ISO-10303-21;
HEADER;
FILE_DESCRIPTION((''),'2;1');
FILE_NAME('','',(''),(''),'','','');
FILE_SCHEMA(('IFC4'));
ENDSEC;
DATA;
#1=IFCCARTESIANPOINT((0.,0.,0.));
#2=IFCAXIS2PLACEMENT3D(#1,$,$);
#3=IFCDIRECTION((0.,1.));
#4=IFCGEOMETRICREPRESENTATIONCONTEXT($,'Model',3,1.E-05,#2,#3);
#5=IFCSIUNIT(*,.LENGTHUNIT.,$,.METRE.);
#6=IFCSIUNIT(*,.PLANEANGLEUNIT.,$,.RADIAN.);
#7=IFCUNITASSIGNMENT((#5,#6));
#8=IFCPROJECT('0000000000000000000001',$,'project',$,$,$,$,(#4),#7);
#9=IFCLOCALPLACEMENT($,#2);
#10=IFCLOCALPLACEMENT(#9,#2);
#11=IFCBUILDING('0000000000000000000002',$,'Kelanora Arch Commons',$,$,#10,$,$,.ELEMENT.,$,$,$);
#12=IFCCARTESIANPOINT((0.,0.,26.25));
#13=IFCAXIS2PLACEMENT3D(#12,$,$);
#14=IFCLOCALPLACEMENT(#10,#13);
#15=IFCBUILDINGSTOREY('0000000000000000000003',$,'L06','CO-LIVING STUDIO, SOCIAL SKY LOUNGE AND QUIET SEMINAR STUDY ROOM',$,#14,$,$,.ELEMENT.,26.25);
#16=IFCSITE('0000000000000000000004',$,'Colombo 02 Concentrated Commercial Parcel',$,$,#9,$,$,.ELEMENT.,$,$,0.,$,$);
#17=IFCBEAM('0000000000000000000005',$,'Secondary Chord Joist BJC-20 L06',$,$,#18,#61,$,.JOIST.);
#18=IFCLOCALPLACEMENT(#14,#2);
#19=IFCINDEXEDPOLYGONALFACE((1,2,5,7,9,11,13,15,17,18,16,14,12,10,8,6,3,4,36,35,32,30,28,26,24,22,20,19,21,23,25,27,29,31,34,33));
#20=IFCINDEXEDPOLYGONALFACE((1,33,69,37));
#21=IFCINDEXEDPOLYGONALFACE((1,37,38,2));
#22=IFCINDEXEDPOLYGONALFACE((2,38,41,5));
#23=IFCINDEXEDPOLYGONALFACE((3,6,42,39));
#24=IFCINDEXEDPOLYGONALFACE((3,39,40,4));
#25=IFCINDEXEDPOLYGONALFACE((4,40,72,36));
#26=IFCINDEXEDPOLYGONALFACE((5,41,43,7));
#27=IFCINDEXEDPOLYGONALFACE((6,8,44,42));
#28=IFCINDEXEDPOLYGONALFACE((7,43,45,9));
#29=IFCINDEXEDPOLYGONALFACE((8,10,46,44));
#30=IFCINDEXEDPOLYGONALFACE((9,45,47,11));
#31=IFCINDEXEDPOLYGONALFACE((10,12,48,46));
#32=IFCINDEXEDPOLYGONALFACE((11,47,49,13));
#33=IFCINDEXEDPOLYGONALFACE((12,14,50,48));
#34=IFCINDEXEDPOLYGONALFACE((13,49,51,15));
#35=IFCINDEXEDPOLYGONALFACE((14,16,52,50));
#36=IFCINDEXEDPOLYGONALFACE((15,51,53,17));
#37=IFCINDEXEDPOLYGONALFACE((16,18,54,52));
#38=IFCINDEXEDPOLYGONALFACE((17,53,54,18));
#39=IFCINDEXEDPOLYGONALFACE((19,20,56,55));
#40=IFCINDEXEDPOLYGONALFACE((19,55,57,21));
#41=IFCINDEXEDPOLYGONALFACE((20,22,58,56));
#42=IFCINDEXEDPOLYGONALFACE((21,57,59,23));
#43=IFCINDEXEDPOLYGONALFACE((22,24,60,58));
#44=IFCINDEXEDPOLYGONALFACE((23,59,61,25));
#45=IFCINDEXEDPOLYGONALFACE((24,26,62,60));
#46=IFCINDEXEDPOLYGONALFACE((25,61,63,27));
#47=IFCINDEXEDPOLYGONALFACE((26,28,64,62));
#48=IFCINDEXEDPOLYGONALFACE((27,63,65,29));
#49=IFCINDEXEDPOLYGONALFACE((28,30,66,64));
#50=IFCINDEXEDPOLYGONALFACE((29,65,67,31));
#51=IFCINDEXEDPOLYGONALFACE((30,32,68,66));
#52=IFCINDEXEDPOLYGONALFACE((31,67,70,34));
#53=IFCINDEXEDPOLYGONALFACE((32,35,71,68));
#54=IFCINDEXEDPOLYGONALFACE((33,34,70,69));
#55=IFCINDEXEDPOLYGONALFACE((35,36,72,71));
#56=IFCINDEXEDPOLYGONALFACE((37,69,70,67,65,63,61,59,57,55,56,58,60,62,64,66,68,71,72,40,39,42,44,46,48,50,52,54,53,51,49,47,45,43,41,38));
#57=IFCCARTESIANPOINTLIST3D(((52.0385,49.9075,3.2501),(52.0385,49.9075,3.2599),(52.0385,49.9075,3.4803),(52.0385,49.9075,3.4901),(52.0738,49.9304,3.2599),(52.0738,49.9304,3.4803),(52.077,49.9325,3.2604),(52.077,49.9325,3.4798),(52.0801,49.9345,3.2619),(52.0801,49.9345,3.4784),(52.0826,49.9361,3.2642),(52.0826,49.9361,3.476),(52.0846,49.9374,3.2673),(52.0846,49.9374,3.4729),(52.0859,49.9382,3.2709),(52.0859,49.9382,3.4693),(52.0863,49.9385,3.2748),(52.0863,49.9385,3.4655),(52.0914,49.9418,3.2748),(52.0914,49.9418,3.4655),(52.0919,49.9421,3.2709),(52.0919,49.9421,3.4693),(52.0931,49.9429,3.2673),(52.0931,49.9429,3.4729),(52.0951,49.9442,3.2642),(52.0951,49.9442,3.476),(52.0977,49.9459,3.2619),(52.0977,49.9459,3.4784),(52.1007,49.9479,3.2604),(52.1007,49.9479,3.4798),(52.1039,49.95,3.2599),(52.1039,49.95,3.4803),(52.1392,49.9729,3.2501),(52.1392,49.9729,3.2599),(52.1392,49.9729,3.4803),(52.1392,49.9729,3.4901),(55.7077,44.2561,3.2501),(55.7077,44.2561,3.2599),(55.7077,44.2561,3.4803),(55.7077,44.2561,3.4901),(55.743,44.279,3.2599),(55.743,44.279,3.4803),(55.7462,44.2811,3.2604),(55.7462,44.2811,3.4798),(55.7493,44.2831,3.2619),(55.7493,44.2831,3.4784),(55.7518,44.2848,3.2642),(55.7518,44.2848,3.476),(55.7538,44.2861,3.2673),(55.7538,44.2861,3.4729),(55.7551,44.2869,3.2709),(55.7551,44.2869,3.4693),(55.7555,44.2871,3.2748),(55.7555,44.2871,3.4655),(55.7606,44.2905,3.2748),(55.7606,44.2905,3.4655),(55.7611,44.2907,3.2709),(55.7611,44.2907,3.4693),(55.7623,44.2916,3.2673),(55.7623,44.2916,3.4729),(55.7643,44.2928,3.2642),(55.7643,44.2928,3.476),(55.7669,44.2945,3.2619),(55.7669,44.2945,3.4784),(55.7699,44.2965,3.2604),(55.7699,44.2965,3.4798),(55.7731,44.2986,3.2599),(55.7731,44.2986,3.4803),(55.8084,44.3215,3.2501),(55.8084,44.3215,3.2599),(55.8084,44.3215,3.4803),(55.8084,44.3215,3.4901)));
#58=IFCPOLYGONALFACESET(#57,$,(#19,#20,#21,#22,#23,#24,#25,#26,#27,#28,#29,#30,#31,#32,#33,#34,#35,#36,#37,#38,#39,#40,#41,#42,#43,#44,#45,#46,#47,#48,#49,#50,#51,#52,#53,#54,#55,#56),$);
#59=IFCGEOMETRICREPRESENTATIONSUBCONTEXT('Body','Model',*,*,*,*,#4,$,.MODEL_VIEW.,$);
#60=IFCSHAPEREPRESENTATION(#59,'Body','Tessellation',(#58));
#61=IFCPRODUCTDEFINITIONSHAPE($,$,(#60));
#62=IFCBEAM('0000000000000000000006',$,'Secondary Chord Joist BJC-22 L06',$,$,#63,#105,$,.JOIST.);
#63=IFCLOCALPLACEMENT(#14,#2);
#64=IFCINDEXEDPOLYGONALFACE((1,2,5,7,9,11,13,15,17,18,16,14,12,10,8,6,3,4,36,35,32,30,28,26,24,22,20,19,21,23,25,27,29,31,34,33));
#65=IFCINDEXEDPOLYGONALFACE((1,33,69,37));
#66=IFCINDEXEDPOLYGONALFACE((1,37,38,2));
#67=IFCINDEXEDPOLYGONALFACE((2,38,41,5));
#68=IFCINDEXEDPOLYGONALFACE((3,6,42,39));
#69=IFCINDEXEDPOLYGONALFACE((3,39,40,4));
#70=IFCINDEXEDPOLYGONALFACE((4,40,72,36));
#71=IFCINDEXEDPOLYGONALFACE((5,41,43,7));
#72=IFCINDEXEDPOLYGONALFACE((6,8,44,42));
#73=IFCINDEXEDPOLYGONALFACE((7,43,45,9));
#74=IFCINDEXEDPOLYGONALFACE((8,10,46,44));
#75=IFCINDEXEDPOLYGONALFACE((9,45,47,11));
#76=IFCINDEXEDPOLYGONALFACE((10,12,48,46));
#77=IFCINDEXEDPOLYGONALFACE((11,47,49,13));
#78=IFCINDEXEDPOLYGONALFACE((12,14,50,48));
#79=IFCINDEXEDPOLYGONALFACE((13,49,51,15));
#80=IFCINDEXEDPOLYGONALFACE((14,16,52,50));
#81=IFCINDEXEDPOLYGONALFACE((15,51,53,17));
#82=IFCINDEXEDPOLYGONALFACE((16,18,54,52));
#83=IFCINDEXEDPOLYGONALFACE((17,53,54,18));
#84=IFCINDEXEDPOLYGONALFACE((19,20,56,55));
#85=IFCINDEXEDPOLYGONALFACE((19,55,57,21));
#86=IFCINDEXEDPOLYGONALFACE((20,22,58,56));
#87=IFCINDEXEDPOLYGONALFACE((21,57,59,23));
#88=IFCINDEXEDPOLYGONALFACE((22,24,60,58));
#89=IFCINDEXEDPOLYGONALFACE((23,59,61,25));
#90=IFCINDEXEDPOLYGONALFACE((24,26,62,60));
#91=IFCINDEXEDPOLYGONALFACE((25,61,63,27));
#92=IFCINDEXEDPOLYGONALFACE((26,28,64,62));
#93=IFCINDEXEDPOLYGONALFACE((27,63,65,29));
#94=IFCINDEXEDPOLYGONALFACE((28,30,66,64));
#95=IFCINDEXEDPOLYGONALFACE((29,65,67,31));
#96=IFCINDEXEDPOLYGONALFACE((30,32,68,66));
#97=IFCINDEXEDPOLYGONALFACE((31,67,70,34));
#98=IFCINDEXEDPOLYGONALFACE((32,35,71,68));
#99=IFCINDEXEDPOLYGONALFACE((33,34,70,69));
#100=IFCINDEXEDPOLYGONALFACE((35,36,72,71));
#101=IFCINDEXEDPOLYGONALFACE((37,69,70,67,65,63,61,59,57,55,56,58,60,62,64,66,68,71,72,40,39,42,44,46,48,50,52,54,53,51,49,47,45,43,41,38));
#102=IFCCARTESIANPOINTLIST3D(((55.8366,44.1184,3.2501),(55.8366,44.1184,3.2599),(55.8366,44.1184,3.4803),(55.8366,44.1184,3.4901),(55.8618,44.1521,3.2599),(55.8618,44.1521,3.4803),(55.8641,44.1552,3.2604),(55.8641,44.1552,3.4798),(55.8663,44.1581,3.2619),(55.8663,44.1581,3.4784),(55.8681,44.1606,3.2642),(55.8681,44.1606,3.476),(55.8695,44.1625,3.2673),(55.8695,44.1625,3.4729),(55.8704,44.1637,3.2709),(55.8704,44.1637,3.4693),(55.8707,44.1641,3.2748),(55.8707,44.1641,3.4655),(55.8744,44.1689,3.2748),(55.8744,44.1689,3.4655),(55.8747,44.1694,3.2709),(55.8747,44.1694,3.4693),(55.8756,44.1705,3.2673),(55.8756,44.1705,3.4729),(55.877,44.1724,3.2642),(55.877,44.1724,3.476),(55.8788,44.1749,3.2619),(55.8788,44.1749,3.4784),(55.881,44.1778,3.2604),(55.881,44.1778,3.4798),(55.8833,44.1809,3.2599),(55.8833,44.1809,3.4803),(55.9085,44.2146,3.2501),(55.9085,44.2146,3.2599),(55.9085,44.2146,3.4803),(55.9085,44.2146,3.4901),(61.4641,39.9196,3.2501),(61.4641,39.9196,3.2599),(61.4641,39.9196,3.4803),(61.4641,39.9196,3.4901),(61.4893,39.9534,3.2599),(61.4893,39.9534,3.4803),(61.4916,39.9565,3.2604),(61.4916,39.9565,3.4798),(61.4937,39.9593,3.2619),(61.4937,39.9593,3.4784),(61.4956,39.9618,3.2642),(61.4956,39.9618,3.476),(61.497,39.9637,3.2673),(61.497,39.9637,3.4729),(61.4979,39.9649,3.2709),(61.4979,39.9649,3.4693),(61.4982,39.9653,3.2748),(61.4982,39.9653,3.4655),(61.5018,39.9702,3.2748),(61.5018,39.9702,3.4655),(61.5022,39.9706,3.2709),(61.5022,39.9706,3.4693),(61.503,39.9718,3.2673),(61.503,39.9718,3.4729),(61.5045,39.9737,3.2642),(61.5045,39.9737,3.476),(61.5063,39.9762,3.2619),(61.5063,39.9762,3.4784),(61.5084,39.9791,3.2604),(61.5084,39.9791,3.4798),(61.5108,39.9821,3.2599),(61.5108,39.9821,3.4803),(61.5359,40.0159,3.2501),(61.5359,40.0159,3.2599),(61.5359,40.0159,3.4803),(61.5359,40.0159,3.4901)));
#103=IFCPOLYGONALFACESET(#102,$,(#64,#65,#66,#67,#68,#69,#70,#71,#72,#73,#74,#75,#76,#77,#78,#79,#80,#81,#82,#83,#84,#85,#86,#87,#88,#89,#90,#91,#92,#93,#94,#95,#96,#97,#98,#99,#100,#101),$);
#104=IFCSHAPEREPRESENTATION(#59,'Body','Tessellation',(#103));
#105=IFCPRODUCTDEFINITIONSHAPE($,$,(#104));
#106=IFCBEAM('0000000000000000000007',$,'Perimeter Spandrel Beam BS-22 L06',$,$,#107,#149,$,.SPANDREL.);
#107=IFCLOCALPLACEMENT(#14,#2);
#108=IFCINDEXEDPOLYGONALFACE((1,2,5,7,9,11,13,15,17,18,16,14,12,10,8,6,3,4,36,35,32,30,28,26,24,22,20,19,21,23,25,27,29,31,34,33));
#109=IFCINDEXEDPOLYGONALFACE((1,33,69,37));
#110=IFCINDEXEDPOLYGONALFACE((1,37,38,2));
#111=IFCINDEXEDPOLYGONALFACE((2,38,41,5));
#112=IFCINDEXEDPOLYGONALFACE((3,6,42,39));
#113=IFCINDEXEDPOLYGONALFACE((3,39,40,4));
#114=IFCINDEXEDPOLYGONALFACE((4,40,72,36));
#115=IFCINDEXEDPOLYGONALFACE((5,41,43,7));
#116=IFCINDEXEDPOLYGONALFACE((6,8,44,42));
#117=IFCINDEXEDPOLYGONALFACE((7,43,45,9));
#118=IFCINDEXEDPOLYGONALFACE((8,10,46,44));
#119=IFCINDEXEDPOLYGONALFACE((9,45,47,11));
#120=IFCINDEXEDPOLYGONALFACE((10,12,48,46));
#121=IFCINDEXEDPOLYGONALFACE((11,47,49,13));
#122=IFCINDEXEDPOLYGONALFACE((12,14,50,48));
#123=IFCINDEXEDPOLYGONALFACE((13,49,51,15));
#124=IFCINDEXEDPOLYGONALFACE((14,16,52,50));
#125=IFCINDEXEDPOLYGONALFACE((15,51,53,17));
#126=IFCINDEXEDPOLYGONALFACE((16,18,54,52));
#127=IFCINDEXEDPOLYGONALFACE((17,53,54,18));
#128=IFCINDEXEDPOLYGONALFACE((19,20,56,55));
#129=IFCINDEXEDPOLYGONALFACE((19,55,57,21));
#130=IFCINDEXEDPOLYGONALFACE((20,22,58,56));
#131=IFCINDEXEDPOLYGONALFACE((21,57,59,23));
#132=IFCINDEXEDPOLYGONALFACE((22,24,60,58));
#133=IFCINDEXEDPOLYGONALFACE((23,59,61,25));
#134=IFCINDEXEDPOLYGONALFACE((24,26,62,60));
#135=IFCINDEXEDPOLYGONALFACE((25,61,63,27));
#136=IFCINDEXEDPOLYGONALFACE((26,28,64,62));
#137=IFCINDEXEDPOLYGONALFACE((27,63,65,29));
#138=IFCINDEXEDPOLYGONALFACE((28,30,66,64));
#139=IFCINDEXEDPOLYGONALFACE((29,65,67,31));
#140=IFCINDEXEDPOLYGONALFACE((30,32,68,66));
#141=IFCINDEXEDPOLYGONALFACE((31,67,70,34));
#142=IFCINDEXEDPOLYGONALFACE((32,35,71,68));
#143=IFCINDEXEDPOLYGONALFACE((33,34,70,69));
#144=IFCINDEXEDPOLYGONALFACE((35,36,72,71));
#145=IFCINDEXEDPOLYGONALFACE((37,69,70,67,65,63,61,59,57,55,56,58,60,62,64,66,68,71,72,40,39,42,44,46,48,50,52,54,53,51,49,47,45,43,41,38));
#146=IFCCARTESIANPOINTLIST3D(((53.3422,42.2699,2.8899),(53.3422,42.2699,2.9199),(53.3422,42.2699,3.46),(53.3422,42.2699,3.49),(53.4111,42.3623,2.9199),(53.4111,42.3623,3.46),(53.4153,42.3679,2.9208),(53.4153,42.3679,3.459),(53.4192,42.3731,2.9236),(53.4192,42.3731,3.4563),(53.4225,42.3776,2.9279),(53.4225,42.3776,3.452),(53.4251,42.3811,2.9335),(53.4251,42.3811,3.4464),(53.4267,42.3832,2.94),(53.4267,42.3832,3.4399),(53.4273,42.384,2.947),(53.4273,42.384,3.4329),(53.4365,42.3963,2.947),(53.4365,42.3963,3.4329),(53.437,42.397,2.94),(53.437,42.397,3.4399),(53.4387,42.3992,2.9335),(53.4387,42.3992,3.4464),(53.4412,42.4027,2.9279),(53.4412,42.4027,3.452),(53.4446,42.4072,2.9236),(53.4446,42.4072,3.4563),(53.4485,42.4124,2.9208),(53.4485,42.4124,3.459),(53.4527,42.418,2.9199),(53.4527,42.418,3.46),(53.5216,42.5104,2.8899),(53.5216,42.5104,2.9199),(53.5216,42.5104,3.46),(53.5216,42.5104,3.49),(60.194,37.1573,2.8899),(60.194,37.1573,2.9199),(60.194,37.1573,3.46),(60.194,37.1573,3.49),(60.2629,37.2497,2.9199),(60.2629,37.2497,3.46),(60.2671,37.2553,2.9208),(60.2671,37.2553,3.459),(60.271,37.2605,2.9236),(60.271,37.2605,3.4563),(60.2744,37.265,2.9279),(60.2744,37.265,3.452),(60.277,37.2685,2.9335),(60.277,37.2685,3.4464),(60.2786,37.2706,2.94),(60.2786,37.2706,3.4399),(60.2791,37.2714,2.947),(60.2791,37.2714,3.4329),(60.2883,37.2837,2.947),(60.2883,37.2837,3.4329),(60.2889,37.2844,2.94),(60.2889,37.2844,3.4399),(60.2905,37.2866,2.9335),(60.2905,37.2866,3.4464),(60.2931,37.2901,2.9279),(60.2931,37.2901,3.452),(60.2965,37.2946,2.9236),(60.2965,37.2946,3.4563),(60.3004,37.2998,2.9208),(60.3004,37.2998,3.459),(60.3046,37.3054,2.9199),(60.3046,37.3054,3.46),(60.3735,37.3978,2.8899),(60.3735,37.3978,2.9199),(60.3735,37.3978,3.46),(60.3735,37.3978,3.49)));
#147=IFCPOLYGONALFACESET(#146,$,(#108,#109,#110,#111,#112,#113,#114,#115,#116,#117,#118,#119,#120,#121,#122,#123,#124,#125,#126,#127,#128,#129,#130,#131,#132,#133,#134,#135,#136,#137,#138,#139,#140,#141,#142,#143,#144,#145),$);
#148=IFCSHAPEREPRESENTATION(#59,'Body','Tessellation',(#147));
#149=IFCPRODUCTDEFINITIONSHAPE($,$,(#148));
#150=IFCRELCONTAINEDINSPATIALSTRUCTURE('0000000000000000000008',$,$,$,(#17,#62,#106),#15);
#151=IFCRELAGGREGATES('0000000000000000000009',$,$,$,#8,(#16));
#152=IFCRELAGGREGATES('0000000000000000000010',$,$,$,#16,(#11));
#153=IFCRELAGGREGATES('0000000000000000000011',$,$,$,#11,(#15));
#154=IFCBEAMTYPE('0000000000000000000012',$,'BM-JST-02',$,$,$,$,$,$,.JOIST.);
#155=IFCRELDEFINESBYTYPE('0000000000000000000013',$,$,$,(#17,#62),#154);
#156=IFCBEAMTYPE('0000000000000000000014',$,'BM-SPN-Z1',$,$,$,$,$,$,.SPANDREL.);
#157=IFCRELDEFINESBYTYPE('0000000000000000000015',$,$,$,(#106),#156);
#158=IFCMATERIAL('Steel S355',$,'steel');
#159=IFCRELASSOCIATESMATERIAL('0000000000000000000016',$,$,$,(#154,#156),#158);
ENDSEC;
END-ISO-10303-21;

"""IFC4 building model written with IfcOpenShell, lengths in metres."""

from ifc_helpers import new_model, si_unit, direction, frame, origin, origin_2d, place, context, subcontext, project, spatial, i_section, extrude, material, material_profile, profile_set, type_object, element, save


model = new_model("IFC4")

# Units and contexts
model_context = context("Model", 3, precision=1e-05, world=origin(), true_north=direction((0.0, 1.0)))
body_context = subcontext(model_context, "Body", "Model", "MODEL_VIEW")
ifc_project = project(units=[si_unit("LENGTHUNIT", "METRE"), si_unit("PLANEANGLEUNIT", "RADIAN")], contexts=[model_context])

# Site, building, storey
site_placement = place(None, origin())
site = spatial("IfcSite", under=ifc_project, at=site_placement, Name="Colombo 02 Concentrated Commercial Parcel", CompositionType="ELEMENT", RefElevation=0.0)
building_placement = place(site_placement, origin())
building = spatial("IfcBuilding", under=site, at=building_placement, Name="Kelanora Arch Commons", CompositionType="ELEMENT")
storey_placement = place(building_placement, frame((0.0, 0.0, 26.25)))
storey = spatial("IfcBuildingStorey", under=building, at=storey_placement, Name="L06", Description="CO-LIVING STUDIO, SOCIAL SKY LOUNGE AND QUIET SEMINAR STUDY ROOM", CompositionType="ELEMENT", Elevation=26.25)

# Beams
ifc_material_1 = material(Name="Steel S355", Category="steel")
ifc_material_profile_1 = material_profile(ifc_material_1, i_section(OverallWidth=0.1201, OverallDepth=0.24, WebThickness=0.0061, FlangeThickness=0.0098, FilletRadius=0.0149, at=origin_2d()), Name="IPE240")
ifc_profile_set_1 = profile_set([ifc_material_profile_1], Name="Steel S355")
beam_type_1 = type_object("IfcBeamType", Name="BM-JST-02", PredefinedType="JOIST", material=ifc_profile_set_1)
beam_1_placement = place(storey_placement, frame((52.0889, 49.9402, 3.3701), z_axis=(0.54455, -0.838728, 0.0), x_axis=(0.838728, 0.54455, 0.0)))
element("IfcBeam", 1, at=beam_1_placement, inside=storey, type_object=beam_type_1, Name="Secondary Chord Joist BJC-20 L06", PredefinedType="JOIST", context=body_context, shape_type="SweptSolid", body=[
    extrude(i_section(OverallWidth=0.1201, OverallDepth=0.24, WebThickness=0.0061, FlangeThickness=0.0098, FilletRadius=0.0149, at=origin_2d()), origin(), (0.0, 0.0, 1.0), 6.738),
])
beam_2_placement = place(storey_placement, frame((55.8726, 44.1665, 3.3701), z_axis=(0.801491, -0.598006, 0.0), x_axis=(0.598006, 0.801491, 0.0)))
element("IfcBeam", 2, at=beam_2_placement, inside=storey, type_object=beam_type_1, Name="Secondary Chord Joist BJC-22 L06", PredefinedType="JOIST", context=body_context, shape_type="SweptSolid", body=[
    extrude(i_section(OverallWidth=0.1201, OverallDepth=0.24, WebThickness=0.0061, FlangeThickness=0.0098, FilletRadius=0.0149, at=origin_2d()), origin(), (0.0, 0.0, 1.0), 7.0212),
])
ifc_material_profile_2 = material_profile(ifc_material_1, i_section(OverallWidth=0.3, OverallDepth=0.6001, WebThickness=0.0154, FlangeThickness=0.03, FilletRadius=0.0271, at=origin_2d()), Name="HEB600")
ifc_profile_set_2 = profile_set([ifc_material_profile_2], Name="Steel S355")
beam_type_2 = type_object("IfcBeamType", Name="BM-SPN-Z1", PredefinedType="SPANDREL", material=ifc_profile_set_2)
beam_3_placement = place(storey_placement, frame((53.4319, 42.3901, 3.1899), z_axis=(0.801475, -0.598029, 0.0), x_axis=(0.598029, 0.801475, 0.0)))
element("IfcBeam", 3, at=beam_3_placement, inside=storey, type_object=beam_type_2, Name="Perimeter Spandrel Beam BS-22 L06", PredefinedType="SPANDREL", context=body_context, shape_type="SweptSolid", body=[
    extrude(i_section(OverallWidth=0.3, OverallDepth=0.6001, WebThickness=0.0154, FlangeThickness=0.03, FilletRadius=0.0271, at=origin_2d()), origin(), (0.0, 0.0, 1.0), 8.5491),
])

save(model, "model.ifc")
